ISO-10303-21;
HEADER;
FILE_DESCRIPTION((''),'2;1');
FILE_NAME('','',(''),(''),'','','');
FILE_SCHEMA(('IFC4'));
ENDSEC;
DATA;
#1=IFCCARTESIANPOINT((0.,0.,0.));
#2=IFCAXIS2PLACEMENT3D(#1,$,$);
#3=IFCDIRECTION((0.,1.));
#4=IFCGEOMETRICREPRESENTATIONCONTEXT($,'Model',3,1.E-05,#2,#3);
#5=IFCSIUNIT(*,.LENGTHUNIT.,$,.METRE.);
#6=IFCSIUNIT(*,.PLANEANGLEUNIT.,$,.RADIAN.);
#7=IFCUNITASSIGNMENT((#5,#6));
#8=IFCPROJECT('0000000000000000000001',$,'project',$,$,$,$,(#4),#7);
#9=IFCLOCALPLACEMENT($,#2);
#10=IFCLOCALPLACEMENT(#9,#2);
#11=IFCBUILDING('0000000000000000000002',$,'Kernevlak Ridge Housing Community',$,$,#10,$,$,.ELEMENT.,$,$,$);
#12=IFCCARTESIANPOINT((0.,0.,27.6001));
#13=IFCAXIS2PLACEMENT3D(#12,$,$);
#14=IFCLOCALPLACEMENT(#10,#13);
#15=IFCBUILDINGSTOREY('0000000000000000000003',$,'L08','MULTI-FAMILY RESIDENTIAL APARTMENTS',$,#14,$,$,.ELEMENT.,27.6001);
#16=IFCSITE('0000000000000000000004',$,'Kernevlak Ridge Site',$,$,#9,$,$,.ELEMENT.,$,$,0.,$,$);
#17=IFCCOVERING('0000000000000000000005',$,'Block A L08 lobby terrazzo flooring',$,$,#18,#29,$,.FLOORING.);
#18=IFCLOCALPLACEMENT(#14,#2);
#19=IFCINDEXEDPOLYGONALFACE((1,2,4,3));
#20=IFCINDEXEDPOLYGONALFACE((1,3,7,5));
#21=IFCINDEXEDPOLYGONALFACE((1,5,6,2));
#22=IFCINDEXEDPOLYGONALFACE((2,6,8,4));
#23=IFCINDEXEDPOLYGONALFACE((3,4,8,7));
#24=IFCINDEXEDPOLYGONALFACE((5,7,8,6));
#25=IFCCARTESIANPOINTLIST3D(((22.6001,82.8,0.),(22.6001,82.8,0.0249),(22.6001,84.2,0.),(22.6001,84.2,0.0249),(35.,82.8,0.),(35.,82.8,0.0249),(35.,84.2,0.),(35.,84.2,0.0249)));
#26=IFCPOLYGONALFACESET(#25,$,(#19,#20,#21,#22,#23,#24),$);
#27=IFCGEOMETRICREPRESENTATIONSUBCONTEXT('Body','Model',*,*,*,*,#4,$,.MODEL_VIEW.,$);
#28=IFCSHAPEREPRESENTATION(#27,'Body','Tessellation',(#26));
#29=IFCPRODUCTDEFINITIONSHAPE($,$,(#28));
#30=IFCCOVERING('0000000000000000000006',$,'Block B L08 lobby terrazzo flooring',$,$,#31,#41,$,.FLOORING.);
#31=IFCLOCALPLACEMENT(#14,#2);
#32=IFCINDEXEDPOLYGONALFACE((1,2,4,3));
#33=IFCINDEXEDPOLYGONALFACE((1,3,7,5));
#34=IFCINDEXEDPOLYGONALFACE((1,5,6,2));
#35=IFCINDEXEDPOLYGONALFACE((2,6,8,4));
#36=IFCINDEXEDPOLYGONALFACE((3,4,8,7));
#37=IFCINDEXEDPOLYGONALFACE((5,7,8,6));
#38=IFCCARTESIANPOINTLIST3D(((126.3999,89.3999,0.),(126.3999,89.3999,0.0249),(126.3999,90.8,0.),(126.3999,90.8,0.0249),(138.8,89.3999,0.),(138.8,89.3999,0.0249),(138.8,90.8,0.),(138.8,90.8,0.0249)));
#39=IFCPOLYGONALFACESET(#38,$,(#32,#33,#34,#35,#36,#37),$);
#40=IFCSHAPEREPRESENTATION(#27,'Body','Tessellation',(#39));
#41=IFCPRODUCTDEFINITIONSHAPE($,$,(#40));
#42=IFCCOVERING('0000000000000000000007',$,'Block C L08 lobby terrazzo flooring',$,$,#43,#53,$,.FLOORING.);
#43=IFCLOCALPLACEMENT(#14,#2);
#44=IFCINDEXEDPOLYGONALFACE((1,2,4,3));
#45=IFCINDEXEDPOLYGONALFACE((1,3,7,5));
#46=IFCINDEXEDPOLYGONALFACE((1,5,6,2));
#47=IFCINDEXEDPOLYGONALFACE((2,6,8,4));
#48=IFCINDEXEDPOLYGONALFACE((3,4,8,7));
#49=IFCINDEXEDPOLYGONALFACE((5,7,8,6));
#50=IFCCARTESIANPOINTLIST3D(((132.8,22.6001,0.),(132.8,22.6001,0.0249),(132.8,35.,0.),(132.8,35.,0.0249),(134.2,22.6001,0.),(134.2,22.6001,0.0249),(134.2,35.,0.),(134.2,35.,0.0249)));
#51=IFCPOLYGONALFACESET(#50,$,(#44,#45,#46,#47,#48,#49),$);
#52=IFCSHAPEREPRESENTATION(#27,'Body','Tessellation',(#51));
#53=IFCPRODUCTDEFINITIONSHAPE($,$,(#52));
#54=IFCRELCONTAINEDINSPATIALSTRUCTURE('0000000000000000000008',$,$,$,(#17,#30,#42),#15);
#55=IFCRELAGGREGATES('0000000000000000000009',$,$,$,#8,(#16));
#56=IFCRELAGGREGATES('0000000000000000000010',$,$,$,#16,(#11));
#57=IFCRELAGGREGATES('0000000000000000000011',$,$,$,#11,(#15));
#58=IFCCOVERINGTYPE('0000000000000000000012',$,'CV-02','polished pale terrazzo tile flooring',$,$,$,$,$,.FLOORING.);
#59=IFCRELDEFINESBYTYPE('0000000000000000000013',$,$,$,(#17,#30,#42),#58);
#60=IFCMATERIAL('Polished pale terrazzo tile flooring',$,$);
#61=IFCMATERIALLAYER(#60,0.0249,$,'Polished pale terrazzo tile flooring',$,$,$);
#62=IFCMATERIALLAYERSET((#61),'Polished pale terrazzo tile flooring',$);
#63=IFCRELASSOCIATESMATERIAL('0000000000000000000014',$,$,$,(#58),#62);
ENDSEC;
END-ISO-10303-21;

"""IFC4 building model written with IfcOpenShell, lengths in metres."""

from ifc_helpers import new_model, si_unit, direction, frame, origin, place, context, subcontext, project, spatial, polyline, outline, extrude, material, layer, layer_set, type_object, element, save


model = new_model("IFC4")

# Units and contexts
model_context = context("Model", 3, precision=1e-05, world=origin(), true_north=direction((0.0, 1.0)))
body_context = subcontext(model_context, "Body", "Model", "MODEL_VIEW")
ifc_project = project(units=[si_unit("LENGTHUNIT", "METRE"), si_unit("PLANEANGLEUNIT", "RADIAN")], contexts=[model_context])

# Site, building, storey
site_placement = place(None, origin())
site = spatial("IfcSite", under=ifc_project, at=site_placement, Name="Kernevlak Ridge Site", CompositionType="ELEMENT", RefElevation=0.0)
building_placement = place(site_placement, origin())
building = spatial("IfcBuilding", under=site, at=building_placement, Name="Kernevlak Ridge Housing Community", CompositionType="ELEMENT")
storey_placement = place(building_placement, frame((0.0, 0.0, 27.6001)))
storey = spatial("IfcBuildingStorey", under=building, at=storey_placement, Name="L08", Description="MULTI-FAMILY RESIDENTIAL APARTMENTS", CompositionType="ELEMENT", Elevation=27.6001)

# Coverings
ifc_material_1 = material(Name="Polished pale terrazzo tile flooring")
ifc_layer_1 = layer(ifc_material_1, 0.0249, Name="Polished pale terrazzo tile flooring")
ifc_layer_set_1 = layer_set([ifc_layer_1], Name="Polished pale terrazzo tile flooring")
covering_type_1 = type_object("IfcCoveringType", Name="CV-02", Description="polished pale terrazzo tile flooring", PredefinedType="FLOORING", material=ifc_layer_set_1)
covering_1_placement = place(storey_placement, origin())
element("IfcCovering", 1, at=covering_1_placement, inside=storey, type_object=covering_type_1, Name="Block A L08 lobby terrazzo flooring", PredefinedType="FLOORING", context=body_context, shape_type="SweptSolid", body=[
    extrude(outline(polyline([(22.6001, 82.8), (35.0, 82.8), (35.0, 84.2), (22.6001, 84.2), (22.6001, 82.8)])), origin(), (0.0, 0.0, 1.0), 0.0249),
])
covering_2_placement = place(storey_placement, origin())
element("IfcCovering", 2, at=covering_2_placement, inside=storey, type_object=covering_type_1, Name="Block B L08 lobby terrazzo flooring", PredefinedType="FLOORING", context=body_context, shape_type="SweptSolid", body=[
    extrude(outline(polyline([(126.3999, 89.3999), (138.8, 89.3999), (138.8, 90.8), (126.3999, 90.8), (126.3999, 89.3999)])), origin(), (0.0, 0.0, 1.0), 0.0249),
])
covering_3_placement = place(storey_placement, origin())
element("IfcCovering", 3, at=covering_3_placement, inside=storey, type_object=covering_type_1, Name="Block C L08 lobby terrazzo flooring", PredefinedType="FLOORING", context=body_context, shape_type="SweptSolid", body=[
    extrude(outline(polyline([(134.2, 22.6001), (134.2, 35.0), (132.8, 35.0), (132.8, 22.6001), (134.2, 22.6001)])), origin(), (0.0, 0.0, 1.0), 0.0249),
])

save(model, "model.ifc")
